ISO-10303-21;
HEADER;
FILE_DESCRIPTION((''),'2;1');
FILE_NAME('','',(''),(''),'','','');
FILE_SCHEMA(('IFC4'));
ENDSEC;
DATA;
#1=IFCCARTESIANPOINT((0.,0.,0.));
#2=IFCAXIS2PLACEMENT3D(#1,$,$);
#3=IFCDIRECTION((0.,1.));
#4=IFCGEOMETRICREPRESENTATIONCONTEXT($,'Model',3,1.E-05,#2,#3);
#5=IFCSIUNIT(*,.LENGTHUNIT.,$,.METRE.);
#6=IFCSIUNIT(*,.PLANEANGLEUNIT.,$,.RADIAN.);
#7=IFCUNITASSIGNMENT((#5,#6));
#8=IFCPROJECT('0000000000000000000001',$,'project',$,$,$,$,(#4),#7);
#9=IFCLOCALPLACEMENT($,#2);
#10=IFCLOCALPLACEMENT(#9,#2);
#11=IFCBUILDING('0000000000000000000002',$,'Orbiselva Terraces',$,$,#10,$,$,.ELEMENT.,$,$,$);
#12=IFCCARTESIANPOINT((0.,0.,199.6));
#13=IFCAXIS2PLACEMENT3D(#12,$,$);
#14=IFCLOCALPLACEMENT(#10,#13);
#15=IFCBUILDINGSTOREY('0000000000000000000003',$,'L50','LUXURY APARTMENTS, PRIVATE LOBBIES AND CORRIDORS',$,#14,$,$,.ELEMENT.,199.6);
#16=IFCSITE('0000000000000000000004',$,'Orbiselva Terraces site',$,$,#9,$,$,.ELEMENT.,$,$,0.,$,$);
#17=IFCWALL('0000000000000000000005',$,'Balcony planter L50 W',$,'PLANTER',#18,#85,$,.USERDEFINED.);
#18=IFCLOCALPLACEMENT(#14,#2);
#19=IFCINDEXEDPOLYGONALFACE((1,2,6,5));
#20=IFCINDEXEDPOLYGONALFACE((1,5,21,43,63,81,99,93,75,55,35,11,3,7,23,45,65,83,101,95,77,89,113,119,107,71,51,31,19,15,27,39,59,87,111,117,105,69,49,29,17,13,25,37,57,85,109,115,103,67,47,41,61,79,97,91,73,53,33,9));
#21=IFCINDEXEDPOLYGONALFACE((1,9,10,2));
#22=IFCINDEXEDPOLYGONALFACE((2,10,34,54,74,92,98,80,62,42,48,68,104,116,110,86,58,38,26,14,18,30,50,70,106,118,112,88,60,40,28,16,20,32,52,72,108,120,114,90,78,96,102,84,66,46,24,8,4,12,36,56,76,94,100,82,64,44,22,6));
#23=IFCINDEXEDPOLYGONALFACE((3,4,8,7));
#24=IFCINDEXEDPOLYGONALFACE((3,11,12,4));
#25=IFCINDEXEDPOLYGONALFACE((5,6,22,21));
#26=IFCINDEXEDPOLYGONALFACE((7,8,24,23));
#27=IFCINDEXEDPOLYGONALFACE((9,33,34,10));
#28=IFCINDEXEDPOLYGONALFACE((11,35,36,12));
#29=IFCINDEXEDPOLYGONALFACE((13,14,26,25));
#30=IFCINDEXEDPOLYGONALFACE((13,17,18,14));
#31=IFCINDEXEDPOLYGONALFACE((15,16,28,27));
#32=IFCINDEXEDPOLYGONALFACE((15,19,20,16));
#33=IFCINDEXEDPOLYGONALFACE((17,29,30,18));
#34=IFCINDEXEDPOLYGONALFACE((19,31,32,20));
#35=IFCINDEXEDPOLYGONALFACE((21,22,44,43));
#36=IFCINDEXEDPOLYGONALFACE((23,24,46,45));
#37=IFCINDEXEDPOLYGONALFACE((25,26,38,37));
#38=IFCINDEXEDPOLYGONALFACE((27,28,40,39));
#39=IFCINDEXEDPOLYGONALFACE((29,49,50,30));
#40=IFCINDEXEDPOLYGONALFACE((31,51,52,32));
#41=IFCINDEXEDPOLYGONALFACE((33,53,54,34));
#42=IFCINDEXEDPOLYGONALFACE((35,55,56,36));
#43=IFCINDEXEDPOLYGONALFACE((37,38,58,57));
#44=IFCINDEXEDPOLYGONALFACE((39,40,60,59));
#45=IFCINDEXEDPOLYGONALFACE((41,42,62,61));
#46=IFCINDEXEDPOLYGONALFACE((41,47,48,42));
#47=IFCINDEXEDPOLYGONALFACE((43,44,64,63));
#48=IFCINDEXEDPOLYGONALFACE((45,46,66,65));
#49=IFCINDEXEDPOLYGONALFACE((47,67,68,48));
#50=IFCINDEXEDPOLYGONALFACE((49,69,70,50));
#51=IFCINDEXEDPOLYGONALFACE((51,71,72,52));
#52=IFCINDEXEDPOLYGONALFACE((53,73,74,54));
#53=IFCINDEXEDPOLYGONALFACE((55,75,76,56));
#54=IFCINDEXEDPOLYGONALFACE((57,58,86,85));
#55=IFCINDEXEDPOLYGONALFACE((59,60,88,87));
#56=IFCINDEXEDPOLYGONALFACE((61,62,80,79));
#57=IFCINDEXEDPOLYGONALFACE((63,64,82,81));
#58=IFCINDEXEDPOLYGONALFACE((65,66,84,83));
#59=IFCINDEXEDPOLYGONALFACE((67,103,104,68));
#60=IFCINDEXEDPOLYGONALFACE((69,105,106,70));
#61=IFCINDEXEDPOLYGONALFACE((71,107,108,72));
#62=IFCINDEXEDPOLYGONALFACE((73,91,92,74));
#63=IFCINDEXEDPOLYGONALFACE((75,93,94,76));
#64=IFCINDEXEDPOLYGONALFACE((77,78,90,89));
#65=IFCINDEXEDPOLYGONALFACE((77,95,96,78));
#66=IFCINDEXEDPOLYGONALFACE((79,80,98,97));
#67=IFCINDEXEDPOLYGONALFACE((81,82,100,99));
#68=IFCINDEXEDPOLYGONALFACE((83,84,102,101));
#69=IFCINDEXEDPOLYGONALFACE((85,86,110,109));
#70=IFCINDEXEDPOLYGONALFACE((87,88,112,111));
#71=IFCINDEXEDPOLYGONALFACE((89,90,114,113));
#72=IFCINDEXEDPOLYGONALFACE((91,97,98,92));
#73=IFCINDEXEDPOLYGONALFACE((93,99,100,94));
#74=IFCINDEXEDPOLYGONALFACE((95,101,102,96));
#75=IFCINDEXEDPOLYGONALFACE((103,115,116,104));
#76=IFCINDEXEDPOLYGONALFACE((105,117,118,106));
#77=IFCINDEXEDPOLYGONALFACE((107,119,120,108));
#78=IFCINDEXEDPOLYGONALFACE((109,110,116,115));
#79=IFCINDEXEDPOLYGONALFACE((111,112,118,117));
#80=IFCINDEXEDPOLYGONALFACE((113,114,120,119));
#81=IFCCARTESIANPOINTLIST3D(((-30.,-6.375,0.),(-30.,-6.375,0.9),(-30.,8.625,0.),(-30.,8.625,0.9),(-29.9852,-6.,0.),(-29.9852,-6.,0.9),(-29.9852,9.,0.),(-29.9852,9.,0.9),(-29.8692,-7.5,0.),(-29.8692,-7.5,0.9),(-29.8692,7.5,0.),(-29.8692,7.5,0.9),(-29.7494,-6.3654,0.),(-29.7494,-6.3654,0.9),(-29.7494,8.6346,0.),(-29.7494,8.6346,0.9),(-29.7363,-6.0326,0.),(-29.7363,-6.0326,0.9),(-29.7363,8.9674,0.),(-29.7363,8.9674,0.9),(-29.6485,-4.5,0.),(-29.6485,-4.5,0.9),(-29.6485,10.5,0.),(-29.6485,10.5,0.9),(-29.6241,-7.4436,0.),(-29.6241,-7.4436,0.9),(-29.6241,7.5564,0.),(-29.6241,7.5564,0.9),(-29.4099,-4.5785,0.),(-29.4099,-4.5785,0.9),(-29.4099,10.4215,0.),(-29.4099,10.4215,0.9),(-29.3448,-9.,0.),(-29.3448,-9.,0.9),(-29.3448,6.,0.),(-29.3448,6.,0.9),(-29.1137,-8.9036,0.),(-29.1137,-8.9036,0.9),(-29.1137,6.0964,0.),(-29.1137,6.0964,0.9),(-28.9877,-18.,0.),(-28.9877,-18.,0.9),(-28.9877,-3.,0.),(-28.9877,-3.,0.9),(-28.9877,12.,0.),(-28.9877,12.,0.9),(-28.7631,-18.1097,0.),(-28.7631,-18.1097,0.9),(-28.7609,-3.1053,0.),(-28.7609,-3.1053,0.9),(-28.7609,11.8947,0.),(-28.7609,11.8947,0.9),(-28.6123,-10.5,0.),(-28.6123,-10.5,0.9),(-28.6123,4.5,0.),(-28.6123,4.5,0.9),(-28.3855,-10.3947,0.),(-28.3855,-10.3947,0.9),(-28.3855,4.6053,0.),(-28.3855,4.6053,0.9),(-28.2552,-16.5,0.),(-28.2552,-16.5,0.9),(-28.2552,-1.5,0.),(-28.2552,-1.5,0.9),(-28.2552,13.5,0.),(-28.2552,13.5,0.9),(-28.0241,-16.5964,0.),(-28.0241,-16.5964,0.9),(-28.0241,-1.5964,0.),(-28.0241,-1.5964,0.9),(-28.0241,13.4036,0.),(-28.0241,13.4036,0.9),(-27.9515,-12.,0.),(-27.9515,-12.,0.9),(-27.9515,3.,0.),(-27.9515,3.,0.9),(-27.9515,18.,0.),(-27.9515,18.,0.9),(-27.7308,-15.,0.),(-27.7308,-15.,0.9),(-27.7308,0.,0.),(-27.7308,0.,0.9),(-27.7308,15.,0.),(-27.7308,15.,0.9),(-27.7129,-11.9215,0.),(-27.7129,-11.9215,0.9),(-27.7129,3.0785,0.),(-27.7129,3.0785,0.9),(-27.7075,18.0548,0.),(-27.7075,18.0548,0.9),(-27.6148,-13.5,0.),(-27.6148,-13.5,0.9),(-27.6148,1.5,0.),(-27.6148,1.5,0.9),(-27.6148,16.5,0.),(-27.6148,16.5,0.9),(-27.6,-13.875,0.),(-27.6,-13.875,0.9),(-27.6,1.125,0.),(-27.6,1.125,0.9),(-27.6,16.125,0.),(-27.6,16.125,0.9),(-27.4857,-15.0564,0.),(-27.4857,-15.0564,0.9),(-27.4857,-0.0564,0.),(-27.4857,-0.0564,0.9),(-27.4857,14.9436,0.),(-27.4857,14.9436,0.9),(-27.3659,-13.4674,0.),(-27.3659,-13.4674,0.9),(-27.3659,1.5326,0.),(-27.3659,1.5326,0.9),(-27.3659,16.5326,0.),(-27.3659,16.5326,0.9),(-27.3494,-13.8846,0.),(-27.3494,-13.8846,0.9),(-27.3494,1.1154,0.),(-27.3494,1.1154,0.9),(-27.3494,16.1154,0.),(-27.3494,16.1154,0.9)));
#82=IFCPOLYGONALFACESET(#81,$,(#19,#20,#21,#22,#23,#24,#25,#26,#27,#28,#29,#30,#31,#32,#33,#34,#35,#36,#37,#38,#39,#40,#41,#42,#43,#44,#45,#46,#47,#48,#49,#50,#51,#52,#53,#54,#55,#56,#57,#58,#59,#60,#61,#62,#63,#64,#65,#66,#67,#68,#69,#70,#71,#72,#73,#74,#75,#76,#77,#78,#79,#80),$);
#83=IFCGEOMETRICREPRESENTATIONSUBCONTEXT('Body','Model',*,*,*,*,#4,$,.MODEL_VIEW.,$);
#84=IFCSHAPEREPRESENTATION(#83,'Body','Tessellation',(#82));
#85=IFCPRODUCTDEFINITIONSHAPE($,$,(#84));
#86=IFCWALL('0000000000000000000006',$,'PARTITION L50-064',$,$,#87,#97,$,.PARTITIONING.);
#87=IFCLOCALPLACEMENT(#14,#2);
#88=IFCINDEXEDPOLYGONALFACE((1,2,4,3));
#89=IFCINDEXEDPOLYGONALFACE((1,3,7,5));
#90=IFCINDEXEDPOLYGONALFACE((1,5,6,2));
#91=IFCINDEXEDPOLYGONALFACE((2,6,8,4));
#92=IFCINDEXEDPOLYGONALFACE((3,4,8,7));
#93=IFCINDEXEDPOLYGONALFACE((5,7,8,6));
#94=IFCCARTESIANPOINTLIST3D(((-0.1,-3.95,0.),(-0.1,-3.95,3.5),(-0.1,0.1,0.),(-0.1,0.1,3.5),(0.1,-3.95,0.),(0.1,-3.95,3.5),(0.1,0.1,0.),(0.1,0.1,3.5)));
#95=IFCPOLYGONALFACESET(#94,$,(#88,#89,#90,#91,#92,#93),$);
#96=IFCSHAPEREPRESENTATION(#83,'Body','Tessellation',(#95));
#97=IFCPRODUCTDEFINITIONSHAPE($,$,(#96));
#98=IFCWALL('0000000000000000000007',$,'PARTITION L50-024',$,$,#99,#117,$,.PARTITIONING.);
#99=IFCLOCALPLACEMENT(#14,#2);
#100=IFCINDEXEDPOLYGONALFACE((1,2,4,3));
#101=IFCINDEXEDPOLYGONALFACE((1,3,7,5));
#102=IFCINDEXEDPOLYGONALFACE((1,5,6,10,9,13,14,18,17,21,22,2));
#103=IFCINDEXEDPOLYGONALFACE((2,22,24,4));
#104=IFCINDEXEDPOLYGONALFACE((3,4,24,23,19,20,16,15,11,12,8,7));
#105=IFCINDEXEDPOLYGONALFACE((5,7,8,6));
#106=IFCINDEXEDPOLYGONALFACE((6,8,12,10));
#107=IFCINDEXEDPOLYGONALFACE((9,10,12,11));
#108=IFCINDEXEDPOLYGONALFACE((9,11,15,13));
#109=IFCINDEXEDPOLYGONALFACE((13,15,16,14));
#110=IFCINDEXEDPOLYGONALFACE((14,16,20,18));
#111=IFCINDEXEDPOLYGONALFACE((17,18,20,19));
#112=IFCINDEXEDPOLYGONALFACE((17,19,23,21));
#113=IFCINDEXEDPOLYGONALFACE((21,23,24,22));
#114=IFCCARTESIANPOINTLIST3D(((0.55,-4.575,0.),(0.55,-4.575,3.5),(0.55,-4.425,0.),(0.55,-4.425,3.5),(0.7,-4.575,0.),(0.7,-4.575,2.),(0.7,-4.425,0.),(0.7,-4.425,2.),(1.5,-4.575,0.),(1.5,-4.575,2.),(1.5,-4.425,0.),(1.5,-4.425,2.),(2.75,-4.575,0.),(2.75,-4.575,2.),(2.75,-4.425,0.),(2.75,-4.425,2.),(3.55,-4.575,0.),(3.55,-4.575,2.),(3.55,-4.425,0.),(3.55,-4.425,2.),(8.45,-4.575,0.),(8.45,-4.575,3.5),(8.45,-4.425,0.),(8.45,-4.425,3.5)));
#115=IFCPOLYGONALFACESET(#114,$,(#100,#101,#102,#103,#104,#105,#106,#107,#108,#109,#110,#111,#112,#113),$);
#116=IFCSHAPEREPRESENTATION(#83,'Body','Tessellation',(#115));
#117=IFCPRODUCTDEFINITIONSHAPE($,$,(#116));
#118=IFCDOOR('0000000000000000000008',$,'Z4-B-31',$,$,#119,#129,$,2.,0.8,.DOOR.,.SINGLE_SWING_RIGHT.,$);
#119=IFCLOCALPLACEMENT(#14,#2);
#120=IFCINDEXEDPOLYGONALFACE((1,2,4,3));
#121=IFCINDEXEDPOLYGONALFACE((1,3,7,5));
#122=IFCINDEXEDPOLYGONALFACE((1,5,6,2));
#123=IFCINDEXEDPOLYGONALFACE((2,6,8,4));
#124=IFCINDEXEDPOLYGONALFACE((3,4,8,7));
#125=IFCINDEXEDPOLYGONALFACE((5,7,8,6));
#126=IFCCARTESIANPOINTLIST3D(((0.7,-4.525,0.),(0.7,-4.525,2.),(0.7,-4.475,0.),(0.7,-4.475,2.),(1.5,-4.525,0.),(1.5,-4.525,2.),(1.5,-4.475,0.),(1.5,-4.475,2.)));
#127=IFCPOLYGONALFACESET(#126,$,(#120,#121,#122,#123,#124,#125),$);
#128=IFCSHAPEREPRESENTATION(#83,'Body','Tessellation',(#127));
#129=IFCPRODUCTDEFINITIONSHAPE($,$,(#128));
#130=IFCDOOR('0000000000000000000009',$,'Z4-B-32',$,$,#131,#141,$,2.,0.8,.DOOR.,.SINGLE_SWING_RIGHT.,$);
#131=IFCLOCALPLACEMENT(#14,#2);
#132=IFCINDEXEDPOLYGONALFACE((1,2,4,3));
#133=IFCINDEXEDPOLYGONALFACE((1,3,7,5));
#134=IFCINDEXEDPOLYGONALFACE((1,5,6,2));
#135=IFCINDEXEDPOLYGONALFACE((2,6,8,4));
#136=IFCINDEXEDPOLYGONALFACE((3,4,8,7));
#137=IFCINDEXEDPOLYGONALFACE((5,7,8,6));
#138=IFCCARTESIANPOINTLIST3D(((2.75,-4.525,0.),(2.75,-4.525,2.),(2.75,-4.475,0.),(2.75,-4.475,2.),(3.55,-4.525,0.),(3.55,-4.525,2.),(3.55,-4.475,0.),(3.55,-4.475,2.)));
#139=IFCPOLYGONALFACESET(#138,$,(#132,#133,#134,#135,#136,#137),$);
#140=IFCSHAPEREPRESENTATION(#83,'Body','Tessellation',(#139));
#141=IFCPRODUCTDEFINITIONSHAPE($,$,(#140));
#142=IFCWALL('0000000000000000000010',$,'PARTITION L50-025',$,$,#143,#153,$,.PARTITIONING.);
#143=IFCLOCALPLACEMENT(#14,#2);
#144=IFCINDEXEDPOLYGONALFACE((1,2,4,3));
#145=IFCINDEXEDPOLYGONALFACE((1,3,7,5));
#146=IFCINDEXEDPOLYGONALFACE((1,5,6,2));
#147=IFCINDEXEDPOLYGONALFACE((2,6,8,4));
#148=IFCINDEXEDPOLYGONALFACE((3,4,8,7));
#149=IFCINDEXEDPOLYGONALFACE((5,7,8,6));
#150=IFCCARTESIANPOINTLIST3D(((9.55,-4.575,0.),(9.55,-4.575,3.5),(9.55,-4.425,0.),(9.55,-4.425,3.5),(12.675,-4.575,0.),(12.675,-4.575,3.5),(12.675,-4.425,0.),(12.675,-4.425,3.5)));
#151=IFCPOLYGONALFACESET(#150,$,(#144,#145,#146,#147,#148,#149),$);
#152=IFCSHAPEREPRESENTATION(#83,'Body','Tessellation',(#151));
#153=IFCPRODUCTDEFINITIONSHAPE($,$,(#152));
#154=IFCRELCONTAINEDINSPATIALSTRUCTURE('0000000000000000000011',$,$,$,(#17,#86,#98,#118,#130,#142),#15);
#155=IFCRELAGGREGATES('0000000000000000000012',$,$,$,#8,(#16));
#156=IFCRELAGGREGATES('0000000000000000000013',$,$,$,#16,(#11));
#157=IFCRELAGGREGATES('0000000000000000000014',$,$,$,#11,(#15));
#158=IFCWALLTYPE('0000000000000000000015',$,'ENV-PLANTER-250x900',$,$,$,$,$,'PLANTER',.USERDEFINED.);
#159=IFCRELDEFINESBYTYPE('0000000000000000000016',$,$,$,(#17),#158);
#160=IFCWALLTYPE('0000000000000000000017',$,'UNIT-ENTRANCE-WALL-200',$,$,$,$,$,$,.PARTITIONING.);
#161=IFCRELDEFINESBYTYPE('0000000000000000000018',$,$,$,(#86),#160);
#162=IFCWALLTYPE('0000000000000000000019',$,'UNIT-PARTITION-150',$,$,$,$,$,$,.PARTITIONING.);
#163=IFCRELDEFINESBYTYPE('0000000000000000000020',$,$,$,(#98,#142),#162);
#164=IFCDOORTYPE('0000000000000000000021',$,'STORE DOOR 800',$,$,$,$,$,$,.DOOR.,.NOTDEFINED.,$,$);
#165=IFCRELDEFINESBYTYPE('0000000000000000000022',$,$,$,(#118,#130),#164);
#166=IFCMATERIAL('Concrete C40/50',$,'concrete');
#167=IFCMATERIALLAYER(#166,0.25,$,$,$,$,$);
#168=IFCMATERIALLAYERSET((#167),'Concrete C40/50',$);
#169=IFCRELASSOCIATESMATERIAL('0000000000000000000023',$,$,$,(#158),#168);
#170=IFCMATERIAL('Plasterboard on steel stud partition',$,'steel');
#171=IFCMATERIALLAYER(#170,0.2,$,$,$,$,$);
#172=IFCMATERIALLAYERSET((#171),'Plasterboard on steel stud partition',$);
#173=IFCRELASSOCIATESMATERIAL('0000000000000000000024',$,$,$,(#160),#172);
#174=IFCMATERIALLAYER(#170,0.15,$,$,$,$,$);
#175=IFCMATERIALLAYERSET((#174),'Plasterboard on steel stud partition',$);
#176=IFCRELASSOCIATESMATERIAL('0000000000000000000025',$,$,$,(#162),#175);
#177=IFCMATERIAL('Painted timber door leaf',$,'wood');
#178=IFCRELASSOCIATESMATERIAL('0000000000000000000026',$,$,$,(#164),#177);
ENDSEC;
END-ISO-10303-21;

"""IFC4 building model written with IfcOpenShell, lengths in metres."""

from ifc_helpers import new_model, si_unit, direction, frame, frame_2d, origin, place, context, subcontext, project, spatial, polyline, rectangle, outline, extrude, material, layer, layer_set, type_object, element, fill, save


model = new_model("IFC4")

# Units and contexts
model_context = context("Model", 3, precision=1e-05, world=origin(), true_north=direction((0.0, 1.0)))
body_context = subcontext(model_context, "Body", "Model", "MODEL_VIEW")
ifc_project = project(units=[si_unit("LENGTHUNIT", "METRE"), si_unit("PLANEANGLEUNIT", "RADIAN")], contexts=[model_context])

# Site, building, storey
site_placement = place(None, origin())
site = spatial("IfcSite", under=ifc_project, at=site_placement, Name="Orbiselva Terraces site", CompositionType="ELEMENT", RefElevation=0.0)
building_placement = place(site_placement, origin())
building = spatial("IfcBuilding", under=site, at=building_placement, Name="Orbiselva Terraces", CompositionType="ELEMENT")
storey_placement = place(building_placement, frame((0.0, 0.0, 199.6)))
storey = spatial("IfcBuildingStorey", under=building, at=storey_placement, Name="L50", Description="LUXURY APARTMENTS, PRIVATE LOBBIES AND CORRIDORS", CompositionType="ELEMENT", Elevation=199.6)

# Shared definitions
ifc_material_1 = material(Name="Concrete C40/50", Category="concrete")

# Walls
ifc_layer_1 = layer(ifc_material_1, 0.25)
ifc_layer_set_1 = layer_set([ifc_layer_1], Name="Concrete C40/50")
wall_type_1 = type_object("IfcWallType", Name="ENV-PLANTER-250x900", ElementType="PLANTER", PredefinedType="USERDEFINED", material=ifc_layer_set_1)
wall_1_placement = place(storey_placement, origin())
element("IfcWall", 1, at=wall_1_placement, inside=storey, type_object=wall_type_1, Name="Balcony planter L50 W", ObjectType="PLANTER", PredefinedType="USERDEFINED", context=body_context, shape_type="SweptSolid", body=[
    extrude(outline(polyline([(-27.9515, 18.0), (-27.6148, 16.5), (-27.6, 16.125), (-27.7308, 15.0), (-28.2552, 13.5), (-28.9877, 12.0), (-29.6485, 10.5), (-29.9852, 9.0), (-30.0, 8.625), (-29.8692, 7.5), (-29.3448, 6.0), (-28.6123, 4.5), (-27.9515, 3.0), (-27.6148, 1.5), (-27.6, 1.125), (-27.7308, 0.0), (-28.2552, -1.5), (-28.9877, -3.0), (-29.6485, -4.5), (-29.9852, -6.0), (-30.0, -6.375), (-29.8692, -7.5), (-29.3448, -9.0), (-28.6123, -10.5), (-27.9515, -12.0), (-27.6148, -13.5), (-27.6, -13.875), (-27.7308, -15.0), (-28.2552, -16.5), (-28.9877, -18.0), (-28.7631, -18.1097), (-28.0241, -16.5964), (-27.4857, -15.0564), (-27.3494, -13.8846), (-27.3659, -13.4674), (-27.7129, -11.9215), (-28.3855, -10.3947), (-29.1137, -8.9036), (-29.6241, -7.4436), (-29.7494, -6.3654), (-29.7363, -6.0326), (-29.4099, -4.5785), (-28.7609, -3.1053), (-28.0241, -1.5964), (-27.4857, -0.0564), (-27.3494, 1.1154), (-27.3659, 1.5326), (-27.7129, 3.0785), (-28.3855, 4.6053), (-29.1137, 6.0964), (-29.6241, 7.5564), (-29.7494, 8.6346), (-29.7363, 8.9674), (-29.4099, 10.4215), (-28.7609, 11.8947), (-28.0241, 13.4036), (-27.4857, 14.9436), (-27.3494, 16.1154), (-27.3659, 16.5326), (-27.7075, 18.0548), (-27.9515, 18.0)])), origin(), (0.0, 0.0, 1.0), 0.9),
])
ifc_material_2 = material(Name="Plasterboard on steel stud partition", Category="steel")
ifc_layer_2 = layer(ifc_material_2, 0.2)
ifc_layer_set_2 = layer_set([ifc_layer_2], Name="Plasterboard on steel stud partition")
wall_type_2 = type_object("IfcWallType", Name="UNIT-ENTRANCE-WALL-200", PredefinedType="PARTITIONING", material=ifc_layer_set_2)
wall_2_placement = place(storey_placement, frame((0.0, -3.95, 0.0), z_axis=(0.0, 0.0, 1.0), x_axis=(0.0, 1.0, 0.0)))
element("IfcWall", 2, at=wall_2_placement, inside=storey, type_object=wall_type_2, Name="PARTITION L50-064", PredefinedType="PARTITIONING", context=body_context, shape_type="SweptSolid", body=[
    extrude(rectangle(XDim=4.05, YDim=0.2, at=frame_2d((2.025, 0.0))), origin(), (0.0, 0.0, 1.0), 3.5),
])

# Wall, openings, doors
ifc_layer_3 = layer(ifc_material_2, 0.15)
ifc_layer_set_3 = layer_set([ifc_layer_3], Name="Plasterboard on steel stud partition")
wall_type_3 = type_object("IfcWallType", Name="UNIT-PARTITION-150", PredefinedType="PARTITIONING", material=ifc_layer_set_3)
wall_3_placement = place(storey_placement, frame((8.45, -4.5, 0.0), z_axis=(0.0, 0.0, 1.0), x_axis=(-1.0, 0.0, 0.0)))
wall_3 = element("IfcWall", 3, at=wall_3_placement, inside=storey, type_object=wall_type_3, Name="PARTITION L50-024", PredefinedType="PARTITIONING", context=body_context, shape_type="SweptSolid", body=[
    extrude(rectangle(XDim=7.9, YDim=0.15, at=frame_2d((3.95, 0.0))), origin(), (0.0, 0.0, 1.0), 3.5),
])
opening_1_placement = place(wall_3_placement, frame((6.95, 0.0, 0.0)))
opening_1 = element("IfcOpeningElement", 4, at=opening_1_placement, cuts=wall_3, PredefinedType="OPENING", context=body_context, shape_type="SweptSolid", body=[
    extrude(rectangle(XDim=0.8, YDim=2.0, at=frame_2d((0.4, 1.0))), frame((0.0, 0.085, 0.0), z_axis=(0.0, -1.0, 0.0), x_axis=(1.0, 0.0, 0.0)), (0.0, 0.0, 1.0), 0.17),
])
opening_2_placement = place(wall_3_placement, frame((4.9, 0.0, 0.0)))
opening_2 = element("IfcOpeningElement", 5, at=opening_2_placement, cuts=wall_3, PredefinedType="OPENING", context=body_context, shape_type="SweptSolid", body=[
    extrude(rectangle(XDim=0.8, YDim=2.0, at=frame_2d((0.4, 1.0))), frame((0.0, 0.085, 0.0), z_axis=(0.0, -1.0, 0.0), x_axis=(1.0, 0.0, 0.0)), (0.0, 0.0, 1.0), 0.17),
])
ifc_material_3 = material(Name="Painted timber door leaf", Category="wood")
door_type = type_object("IfcDoorType", Name="STORE DOOR 800", OperationType="NOTDEFINED", PredefinedType="DOOR", material=ifc_material_3)
door_1_placement = place(opening_1_placement, origin())
door_1 = element("IfcDoor", 6, at=door_1_placement, inside=storey, type_object=door_type, Name="Z4-B-31", OperationType="SINGLE_SWING_RIGHT", OverallHeight=2.0, OverallWidth=0.8, PredefinedType="DOOR", context=body_context, shape_type="SweptSolid", body=[
    extrude(rectangle(XDim=0.8, YDim=2.0, at=frame_2d((0.4, 1.0))), frame((0.0, 0.025, 0.0), z_axis=(0.0, -1.0, 0.0), x_axis=(1.0, 0.0, 0.0)), (0.0, 0.0, 1.0), 0.05),
])
fill(opening_1, door_1)
door_2_placement = place(opening_2_placement, origin())
door_2 = element("IfcDoor", 7, at=door_2_placement, inside=storey, type_object=door_type, Name="Z4-B-32", OperationType="SINGLE_SWING_RIGHT", OverallHeight=2.0, OverallWidth=0.8, PredefinedType="DOOR", context=body_context, shape_type="SweptSolid", body=[
    extrude(rectangle(XDim=0.8, YDim=2.0, at=frame_2d((0.4, 1.0))), frame((0.0, 0.025, 0.0), z_axis=(0.0, -1.0, 0.0), x_axis=(1.0, 0.0, 0.0)), (0.0, 0.0, 1.0), 0.05),
])
fill(opening_2, door_2)

# Wall
wall_4_placement = place(storey_placement, frame((9.55, -4.5, 0.0), z_axis=(0.0, 0.0, 1.0), x_axis=(1.0, 0.0, 0.0)))
element("IfcWall", 8, at=wall_4_placement, inside=storey, type_object=wall_type_3, Name="PARTITION L50-025", PredefinedType="PARTITIONING", context=body_context, shape_type="SweptSolid", body=[
    extrude(rectangle(XDim=3.125, YDim=0.15, at=frame_2d((1.5625, 0.0))), origin(), (0.0, 0.0, 1.0), 3.5),
])

save(model, "model.ifc")
